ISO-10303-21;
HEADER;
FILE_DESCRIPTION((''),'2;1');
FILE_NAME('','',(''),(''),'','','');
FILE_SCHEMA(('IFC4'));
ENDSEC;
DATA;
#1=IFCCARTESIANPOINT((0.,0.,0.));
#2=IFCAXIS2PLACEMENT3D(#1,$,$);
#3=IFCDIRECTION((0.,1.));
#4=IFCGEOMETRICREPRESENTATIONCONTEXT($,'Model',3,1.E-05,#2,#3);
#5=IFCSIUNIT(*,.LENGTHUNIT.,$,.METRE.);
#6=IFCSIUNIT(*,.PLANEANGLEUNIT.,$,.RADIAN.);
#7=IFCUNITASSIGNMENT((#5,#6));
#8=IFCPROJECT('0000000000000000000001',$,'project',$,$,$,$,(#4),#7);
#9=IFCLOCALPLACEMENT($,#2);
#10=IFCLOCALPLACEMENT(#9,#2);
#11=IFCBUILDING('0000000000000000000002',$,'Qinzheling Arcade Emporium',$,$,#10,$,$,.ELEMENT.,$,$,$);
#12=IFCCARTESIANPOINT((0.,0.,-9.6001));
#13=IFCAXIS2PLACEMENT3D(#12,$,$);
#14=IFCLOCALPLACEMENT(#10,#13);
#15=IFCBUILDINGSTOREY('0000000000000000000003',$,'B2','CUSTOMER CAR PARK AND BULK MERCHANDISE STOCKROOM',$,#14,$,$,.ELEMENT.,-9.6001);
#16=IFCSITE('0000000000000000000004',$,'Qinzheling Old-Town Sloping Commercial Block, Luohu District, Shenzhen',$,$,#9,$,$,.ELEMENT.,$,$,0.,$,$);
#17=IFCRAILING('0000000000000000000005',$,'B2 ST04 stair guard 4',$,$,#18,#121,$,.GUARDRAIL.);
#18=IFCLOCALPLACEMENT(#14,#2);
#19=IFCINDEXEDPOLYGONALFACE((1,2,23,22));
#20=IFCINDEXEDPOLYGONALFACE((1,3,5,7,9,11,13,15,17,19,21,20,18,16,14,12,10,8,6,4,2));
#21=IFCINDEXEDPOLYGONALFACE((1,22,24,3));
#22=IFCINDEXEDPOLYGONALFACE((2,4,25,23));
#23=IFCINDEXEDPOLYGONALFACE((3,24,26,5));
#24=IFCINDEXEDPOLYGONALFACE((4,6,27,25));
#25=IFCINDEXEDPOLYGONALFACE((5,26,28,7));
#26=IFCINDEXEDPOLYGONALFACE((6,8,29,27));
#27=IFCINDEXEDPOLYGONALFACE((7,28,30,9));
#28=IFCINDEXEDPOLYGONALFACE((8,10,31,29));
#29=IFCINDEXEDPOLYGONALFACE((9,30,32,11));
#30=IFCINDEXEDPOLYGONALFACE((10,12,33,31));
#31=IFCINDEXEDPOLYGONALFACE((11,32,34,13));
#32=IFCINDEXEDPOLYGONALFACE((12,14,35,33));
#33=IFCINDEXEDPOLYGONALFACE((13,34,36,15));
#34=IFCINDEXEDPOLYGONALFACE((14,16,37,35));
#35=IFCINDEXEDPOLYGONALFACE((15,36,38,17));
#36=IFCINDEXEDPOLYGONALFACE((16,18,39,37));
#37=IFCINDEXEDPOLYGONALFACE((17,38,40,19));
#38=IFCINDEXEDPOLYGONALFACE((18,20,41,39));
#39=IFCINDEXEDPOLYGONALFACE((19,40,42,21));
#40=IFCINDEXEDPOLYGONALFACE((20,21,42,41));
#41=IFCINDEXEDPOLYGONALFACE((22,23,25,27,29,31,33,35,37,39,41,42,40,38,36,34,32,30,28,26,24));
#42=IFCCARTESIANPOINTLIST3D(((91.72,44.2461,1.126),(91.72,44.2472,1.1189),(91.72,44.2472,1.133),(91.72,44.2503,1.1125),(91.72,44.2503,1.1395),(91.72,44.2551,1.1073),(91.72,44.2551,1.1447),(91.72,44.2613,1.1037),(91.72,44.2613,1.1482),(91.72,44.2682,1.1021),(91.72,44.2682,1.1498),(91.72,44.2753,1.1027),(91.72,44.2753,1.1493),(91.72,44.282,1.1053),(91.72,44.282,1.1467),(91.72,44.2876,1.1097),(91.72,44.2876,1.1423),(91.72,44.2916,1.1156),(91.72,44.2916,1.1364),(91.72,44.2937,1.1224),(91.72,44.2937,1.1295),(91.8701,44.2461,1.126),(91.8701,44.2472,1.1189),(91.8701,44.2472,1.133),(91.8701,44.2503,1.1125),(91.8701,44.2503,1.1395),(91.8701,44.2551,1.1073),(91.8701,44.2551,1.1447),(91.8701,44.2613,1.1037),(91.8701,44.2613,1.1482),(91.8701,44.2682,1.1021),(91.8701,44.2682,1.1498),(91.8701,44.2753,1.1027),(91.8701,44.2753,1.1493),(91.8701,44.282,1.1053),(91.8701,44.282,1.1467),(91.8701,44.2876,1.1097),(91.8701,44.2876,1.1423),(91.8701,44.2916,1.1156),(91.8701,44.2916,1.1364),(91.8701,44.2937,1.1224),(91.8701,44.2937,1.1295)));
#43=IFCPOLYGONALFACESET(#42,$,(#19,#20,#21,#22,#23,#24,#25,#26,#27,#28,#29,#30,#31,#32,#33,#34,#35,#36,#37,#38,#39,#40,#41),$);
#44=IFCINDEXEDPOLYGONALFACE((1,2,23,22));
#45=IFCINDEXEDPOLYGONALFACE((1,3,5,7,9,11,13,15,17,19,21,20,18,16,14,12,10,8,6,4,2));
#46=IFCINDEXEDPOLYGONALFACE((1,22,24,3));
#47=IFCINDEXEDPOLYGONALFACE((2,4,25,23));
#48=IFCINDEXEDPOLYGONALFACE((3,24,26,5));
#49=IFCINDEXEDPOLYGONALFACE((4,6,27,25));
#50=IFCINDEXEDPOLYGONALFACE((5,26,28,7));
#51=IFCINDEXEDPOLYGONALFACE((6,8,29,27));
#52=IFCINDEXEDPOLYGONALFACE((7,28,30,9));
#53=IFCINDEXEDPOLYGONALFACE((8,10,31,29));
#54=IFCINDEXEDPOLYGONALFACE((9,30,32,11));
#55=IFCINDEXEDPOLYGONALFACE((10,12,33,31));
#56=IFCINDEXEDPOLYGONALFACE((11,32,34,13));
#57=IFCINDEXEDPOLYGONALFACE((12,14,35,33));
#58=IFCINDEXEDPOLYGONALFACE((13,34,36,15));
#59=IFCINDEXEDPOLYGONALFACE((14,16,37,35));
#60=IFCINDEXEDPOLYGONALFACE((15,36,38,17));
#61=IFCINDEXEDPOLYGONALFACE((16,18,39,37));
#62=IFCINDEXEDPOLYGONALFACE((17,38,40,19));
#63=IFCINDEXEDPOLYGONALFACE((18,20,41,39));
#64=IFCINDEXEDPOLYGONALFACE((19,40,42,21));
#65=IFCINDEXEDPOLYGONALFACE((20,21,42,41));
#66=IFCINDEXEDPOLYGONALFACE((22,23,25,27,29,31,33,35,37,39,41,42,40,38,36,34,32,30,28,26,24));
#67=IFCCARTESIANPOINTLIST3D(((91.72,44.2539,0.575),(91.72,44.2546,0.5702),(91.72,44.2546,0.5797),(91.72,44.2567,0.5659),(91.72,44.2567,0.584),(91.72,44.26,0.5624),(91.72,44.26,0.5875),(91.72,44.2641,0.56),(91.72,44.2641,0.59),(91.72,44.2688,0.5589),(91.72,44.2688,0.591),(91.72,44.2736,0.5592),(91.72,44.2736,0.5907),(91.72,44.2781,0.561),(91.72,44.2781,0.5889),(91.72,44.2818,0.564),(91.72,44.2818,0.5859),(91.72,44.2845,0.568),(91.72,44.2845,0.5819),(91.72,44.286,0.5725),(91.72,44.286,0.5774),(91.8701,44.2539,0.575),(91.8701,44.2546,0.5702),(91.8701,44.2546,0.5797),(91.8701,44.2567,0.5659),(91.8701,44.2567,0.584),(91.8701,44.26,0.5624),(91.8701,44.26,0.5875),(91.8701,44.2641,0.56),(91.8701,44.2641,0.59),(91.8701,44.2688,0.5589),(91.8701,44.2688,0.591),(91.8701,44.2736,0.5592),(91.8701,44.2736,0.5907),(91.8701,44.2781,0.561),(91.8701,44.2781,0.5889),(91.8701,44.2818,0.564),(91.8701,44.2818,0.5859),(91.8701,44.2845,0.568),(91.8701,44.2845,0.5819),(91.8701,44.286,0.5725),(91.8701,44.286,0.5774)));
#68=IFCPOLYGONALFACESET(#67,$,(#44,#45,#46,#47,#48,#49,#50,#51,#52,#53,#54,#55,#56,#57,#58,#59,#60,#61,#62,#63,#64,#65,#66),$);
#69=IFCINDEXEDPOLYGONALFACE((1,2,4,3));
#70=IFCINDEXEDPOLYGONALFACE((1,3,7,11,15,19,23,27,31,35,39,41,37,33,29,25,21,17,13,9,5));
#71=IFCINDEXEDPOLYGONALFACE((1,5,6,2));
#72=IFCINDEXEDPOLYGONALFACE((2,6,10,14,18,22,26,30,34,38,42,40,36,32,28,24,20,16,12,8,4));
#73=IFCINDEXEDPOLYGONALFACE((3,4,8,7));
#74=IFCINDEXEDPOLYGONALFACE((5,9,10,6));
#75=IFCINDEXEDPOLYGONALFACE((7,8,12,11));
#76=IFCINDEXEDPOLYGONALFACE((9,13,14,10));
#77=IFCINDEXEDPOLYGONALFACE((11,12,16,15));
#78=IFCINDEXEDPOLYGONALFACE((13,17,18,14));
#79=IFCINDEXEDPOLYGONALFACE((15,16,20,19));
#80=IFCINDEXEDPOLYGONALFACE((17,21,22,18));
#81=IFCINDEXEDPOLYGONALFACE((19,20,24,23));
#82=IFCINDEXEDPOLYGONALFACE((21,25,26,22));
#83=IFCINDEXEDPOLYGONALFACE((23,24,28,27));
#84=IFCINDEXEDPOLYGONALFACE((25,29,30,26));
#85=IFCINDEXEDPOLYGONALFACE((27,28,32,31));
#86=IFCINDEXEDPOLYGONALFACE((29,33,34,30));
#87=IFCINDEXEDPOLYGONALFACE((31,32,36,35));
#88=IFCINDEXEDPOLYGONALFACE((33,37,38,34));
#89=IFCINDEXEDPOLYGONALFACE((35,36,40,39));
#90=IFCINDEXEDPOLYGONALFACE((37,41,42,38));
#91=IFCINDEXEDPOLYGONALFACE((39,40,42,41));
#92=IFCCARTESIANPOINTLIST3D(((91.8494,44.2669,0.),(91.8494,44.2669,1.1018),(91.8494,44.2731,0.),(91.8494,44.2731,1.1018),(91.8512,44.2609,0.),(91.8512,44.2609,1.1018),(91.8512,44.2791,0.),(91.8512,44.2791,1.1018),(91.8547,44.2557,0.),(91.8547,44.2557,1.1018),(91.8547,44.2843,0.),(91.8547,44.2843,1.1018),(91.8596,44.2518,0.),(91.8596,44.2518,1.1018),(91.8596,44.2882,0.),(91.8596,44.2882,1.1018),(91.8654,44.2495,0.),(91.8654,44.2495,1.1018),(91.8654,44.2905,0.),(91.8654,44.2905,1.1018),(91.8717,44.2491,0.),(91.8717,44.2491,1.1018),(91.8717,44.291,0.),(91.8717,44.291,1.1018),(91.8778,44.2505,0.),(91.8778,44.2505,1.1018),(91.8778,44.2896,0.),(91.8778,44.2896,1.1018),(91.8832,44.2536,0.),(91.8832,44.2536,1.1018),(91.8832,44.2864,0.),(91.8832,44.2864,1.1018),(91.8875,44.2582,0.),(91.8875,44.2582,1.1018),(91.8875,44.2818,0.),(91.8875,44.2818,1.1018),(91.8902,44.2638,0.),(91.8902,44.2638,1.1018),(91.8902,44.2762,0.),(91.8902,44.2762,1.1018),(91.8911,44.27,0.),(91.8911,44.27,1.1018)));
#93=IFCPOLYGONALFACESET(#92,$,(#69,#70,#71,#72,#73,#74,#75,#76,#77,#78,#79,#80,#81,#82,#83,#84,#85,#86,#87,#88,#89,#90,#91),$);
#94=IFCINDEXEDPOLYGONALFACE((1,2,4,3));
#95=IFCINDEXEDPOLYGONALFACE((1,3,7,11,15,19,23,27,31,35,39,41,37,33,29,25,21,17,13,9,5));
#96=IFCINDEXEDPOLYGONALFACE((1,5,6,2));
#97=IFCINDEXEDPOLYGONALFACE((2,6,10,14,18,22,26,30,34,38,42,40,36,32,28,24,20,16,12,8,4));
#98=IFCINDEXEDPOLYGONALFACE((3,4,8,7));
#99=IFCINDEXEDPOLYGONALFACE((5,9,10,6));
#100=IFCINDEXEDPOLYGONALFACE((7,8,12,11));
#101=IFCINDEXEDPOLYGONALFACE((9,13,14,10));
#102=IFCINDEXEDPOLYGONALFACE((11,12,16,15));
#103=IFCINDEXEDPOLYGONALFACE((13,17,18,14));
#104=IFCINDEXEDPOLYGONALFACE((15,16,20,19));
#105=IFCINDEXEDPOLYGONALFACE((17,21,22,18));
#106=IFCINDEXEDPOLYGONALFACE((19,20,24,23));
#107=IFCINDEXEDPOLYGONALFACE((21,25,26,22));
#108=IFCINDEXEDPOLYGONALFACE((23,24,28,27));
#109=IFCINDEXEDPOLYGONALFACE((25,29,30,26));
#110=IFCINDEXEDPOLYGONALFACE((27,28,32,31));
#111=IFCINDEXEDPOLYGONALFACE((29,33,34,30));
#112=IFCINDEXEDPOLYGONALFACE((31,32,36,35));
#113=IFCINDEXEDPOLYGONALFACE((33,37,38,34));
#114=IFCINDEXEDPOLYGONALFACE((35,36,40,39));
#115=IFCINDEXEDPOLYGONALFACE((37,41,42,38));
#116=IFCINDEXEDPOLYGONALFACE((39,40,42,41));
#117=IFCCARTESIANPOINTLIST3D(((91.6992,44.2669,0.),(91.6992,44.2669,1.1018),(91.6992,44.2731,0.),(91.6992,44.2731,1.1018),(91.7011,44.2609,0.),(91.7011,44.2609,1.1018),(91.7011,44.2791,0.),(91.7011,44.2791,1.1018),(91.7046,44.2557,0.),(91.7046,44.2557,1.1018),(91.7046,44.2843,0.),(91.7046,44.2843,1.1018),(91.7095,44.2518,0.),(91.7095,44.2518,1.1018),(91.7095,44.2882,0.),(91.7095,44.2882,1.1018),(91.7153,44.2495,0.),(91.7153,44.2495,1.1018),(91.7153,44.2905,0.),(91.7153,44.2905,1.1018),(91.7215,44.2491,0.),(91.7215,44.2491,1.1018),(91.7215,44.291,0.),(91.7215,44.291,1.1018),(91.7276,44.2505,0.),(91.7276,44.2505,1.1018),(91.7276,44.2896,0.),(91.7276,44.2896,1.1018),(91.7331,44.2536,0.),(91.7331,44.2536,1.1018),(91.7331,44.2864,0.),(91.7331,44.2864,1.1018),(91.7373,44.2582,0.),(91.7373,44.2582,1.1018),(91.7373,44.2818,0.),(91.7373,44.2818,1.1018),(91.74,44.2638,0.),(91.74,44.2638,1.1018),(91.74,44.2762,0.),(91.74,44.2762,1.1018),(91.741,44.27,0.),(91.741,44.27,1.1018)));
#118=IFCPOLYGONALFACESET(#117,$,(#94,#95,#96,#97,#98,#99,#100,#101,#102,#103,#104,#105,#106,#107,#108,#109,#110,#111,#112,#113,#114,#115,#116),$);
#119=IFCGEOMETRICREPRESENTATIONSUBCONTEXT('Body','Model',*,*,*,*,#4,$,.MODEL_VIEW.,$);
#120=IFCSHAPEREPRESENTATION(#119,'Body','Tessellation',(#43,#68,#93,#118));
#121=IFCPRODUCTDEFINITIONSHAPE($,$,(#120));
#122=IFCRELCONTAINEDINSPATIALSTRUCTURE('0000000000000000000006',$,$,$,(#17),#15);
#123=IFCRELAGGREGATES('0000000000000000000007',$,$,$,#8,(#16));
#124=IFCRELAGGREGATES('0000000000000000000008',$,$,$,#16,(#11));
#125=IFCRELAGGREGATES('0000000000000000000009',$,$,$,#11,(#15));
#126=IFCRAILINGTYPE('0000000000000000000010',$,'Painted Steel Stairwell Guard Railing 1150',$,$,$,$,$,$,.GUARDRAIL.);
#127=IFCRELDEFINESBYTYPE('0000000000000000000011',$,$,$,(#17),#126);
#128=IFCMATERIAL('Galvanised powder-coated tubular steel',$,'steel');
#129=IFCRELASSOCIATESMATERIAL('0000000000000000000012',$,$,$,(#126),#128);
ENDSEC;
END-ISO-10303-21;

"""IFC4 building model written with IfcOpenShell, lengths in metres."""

from ifc_helpers import new_model, si_unit, direction, frame, origin, origin_2d, place, context, subcontext, project, spatial, circle, extrude, material, type_object, element, save


model = new_model("IFC4")

# Units and contexts
model_context = context("Model", 3, precision=1e-05, world=origin(), true_north=direction((0.0, 1.0)))
body_context = subcontext(model_context, "Body", "Model", "MODEL_VIEW")
ifc_project = project(units=[si_unit("LENGTHUNIT", "METRE"), si_unit("PLANEANGLEUNIT", "RADIAN")], contexts=[model_context])

# Site, building, storey
site_placement = place(None, origin())
site = spatial("IfcSite", under=ifc_project, at=site_placement, Name="Qinzheling Old-Town Sloping Commercial Block, Luohu District, Shenzhen", CompositionType="ELEMENT", RefElevation=0.0)
building_placement = place(site_placement, origin())
building = spatial("IfcBuilding", under=site, at=building_placement, Name="Qinzheling Arcade Emporium", CompositionType="ELEMENT")
storey_placement = place(building_placement, frame((0.0, 0.0, -9.6001)))
storey = spatial("IfcBuildingStorey", under=building, at=storey_placement, Name="B2", Description="CUSTOMER CAR PARK AND BULK MERCHANDISE STOCKROOM", CompositionType="ELEMENT", Elevation=-9.6001)

# Railing
ifc_material_1 = material(Name="Galvanised powder-coated tubular steel", Category="steel")
railing_type_1 = type_object("IfcRailingType", Name="Painted Steel Stairwell Guard Railing 1150", PredefinedType="GUARDRAIL", material=ifc_material_1)
railing_1_placement = place(storey_placement, frame((91.8701, 44.27, 0.0)))
element("IfcRailing", 1, at=railing_1_placement, inside=storey, type_object=railing_type_1, Name="B2 ST04 stair guard 4", PredefinedType="GUARDRAIL", context=body_context, shape_type="SweptSolid", body=[
    extrude(circle(Radius=0.0239, at=origin_2d()), frame((0.0, 0.0, 1.126), z_axis=(-1.0, 0.0, 0.0), x_axis=(0.0, -1.0, 0.0)), (0.0, 0.0, 1.0), 0.1501),
    extrude(circle(Radius=0.0161, at=origin_2d()), frame((0.0, 0.0, 0.575), z_axis=(-1.0, 0.0, 0.0), x_axis=(0.0, -1.0, 0.0)), (0.0, 0.0, 1.0), 0.1501),
    extrude(circle(Radius=0.021, at=origin_2d()), origin(), (0.0, 0.0, 1.0), 1.1018),
    extrude(circle(Radius=0.021, at=origin_2d()), frame((-0.1501, 0.0, 0.0)), (0.0, 0.0, 1.0), 1.1018),
])

save(model, "model.ifc")
